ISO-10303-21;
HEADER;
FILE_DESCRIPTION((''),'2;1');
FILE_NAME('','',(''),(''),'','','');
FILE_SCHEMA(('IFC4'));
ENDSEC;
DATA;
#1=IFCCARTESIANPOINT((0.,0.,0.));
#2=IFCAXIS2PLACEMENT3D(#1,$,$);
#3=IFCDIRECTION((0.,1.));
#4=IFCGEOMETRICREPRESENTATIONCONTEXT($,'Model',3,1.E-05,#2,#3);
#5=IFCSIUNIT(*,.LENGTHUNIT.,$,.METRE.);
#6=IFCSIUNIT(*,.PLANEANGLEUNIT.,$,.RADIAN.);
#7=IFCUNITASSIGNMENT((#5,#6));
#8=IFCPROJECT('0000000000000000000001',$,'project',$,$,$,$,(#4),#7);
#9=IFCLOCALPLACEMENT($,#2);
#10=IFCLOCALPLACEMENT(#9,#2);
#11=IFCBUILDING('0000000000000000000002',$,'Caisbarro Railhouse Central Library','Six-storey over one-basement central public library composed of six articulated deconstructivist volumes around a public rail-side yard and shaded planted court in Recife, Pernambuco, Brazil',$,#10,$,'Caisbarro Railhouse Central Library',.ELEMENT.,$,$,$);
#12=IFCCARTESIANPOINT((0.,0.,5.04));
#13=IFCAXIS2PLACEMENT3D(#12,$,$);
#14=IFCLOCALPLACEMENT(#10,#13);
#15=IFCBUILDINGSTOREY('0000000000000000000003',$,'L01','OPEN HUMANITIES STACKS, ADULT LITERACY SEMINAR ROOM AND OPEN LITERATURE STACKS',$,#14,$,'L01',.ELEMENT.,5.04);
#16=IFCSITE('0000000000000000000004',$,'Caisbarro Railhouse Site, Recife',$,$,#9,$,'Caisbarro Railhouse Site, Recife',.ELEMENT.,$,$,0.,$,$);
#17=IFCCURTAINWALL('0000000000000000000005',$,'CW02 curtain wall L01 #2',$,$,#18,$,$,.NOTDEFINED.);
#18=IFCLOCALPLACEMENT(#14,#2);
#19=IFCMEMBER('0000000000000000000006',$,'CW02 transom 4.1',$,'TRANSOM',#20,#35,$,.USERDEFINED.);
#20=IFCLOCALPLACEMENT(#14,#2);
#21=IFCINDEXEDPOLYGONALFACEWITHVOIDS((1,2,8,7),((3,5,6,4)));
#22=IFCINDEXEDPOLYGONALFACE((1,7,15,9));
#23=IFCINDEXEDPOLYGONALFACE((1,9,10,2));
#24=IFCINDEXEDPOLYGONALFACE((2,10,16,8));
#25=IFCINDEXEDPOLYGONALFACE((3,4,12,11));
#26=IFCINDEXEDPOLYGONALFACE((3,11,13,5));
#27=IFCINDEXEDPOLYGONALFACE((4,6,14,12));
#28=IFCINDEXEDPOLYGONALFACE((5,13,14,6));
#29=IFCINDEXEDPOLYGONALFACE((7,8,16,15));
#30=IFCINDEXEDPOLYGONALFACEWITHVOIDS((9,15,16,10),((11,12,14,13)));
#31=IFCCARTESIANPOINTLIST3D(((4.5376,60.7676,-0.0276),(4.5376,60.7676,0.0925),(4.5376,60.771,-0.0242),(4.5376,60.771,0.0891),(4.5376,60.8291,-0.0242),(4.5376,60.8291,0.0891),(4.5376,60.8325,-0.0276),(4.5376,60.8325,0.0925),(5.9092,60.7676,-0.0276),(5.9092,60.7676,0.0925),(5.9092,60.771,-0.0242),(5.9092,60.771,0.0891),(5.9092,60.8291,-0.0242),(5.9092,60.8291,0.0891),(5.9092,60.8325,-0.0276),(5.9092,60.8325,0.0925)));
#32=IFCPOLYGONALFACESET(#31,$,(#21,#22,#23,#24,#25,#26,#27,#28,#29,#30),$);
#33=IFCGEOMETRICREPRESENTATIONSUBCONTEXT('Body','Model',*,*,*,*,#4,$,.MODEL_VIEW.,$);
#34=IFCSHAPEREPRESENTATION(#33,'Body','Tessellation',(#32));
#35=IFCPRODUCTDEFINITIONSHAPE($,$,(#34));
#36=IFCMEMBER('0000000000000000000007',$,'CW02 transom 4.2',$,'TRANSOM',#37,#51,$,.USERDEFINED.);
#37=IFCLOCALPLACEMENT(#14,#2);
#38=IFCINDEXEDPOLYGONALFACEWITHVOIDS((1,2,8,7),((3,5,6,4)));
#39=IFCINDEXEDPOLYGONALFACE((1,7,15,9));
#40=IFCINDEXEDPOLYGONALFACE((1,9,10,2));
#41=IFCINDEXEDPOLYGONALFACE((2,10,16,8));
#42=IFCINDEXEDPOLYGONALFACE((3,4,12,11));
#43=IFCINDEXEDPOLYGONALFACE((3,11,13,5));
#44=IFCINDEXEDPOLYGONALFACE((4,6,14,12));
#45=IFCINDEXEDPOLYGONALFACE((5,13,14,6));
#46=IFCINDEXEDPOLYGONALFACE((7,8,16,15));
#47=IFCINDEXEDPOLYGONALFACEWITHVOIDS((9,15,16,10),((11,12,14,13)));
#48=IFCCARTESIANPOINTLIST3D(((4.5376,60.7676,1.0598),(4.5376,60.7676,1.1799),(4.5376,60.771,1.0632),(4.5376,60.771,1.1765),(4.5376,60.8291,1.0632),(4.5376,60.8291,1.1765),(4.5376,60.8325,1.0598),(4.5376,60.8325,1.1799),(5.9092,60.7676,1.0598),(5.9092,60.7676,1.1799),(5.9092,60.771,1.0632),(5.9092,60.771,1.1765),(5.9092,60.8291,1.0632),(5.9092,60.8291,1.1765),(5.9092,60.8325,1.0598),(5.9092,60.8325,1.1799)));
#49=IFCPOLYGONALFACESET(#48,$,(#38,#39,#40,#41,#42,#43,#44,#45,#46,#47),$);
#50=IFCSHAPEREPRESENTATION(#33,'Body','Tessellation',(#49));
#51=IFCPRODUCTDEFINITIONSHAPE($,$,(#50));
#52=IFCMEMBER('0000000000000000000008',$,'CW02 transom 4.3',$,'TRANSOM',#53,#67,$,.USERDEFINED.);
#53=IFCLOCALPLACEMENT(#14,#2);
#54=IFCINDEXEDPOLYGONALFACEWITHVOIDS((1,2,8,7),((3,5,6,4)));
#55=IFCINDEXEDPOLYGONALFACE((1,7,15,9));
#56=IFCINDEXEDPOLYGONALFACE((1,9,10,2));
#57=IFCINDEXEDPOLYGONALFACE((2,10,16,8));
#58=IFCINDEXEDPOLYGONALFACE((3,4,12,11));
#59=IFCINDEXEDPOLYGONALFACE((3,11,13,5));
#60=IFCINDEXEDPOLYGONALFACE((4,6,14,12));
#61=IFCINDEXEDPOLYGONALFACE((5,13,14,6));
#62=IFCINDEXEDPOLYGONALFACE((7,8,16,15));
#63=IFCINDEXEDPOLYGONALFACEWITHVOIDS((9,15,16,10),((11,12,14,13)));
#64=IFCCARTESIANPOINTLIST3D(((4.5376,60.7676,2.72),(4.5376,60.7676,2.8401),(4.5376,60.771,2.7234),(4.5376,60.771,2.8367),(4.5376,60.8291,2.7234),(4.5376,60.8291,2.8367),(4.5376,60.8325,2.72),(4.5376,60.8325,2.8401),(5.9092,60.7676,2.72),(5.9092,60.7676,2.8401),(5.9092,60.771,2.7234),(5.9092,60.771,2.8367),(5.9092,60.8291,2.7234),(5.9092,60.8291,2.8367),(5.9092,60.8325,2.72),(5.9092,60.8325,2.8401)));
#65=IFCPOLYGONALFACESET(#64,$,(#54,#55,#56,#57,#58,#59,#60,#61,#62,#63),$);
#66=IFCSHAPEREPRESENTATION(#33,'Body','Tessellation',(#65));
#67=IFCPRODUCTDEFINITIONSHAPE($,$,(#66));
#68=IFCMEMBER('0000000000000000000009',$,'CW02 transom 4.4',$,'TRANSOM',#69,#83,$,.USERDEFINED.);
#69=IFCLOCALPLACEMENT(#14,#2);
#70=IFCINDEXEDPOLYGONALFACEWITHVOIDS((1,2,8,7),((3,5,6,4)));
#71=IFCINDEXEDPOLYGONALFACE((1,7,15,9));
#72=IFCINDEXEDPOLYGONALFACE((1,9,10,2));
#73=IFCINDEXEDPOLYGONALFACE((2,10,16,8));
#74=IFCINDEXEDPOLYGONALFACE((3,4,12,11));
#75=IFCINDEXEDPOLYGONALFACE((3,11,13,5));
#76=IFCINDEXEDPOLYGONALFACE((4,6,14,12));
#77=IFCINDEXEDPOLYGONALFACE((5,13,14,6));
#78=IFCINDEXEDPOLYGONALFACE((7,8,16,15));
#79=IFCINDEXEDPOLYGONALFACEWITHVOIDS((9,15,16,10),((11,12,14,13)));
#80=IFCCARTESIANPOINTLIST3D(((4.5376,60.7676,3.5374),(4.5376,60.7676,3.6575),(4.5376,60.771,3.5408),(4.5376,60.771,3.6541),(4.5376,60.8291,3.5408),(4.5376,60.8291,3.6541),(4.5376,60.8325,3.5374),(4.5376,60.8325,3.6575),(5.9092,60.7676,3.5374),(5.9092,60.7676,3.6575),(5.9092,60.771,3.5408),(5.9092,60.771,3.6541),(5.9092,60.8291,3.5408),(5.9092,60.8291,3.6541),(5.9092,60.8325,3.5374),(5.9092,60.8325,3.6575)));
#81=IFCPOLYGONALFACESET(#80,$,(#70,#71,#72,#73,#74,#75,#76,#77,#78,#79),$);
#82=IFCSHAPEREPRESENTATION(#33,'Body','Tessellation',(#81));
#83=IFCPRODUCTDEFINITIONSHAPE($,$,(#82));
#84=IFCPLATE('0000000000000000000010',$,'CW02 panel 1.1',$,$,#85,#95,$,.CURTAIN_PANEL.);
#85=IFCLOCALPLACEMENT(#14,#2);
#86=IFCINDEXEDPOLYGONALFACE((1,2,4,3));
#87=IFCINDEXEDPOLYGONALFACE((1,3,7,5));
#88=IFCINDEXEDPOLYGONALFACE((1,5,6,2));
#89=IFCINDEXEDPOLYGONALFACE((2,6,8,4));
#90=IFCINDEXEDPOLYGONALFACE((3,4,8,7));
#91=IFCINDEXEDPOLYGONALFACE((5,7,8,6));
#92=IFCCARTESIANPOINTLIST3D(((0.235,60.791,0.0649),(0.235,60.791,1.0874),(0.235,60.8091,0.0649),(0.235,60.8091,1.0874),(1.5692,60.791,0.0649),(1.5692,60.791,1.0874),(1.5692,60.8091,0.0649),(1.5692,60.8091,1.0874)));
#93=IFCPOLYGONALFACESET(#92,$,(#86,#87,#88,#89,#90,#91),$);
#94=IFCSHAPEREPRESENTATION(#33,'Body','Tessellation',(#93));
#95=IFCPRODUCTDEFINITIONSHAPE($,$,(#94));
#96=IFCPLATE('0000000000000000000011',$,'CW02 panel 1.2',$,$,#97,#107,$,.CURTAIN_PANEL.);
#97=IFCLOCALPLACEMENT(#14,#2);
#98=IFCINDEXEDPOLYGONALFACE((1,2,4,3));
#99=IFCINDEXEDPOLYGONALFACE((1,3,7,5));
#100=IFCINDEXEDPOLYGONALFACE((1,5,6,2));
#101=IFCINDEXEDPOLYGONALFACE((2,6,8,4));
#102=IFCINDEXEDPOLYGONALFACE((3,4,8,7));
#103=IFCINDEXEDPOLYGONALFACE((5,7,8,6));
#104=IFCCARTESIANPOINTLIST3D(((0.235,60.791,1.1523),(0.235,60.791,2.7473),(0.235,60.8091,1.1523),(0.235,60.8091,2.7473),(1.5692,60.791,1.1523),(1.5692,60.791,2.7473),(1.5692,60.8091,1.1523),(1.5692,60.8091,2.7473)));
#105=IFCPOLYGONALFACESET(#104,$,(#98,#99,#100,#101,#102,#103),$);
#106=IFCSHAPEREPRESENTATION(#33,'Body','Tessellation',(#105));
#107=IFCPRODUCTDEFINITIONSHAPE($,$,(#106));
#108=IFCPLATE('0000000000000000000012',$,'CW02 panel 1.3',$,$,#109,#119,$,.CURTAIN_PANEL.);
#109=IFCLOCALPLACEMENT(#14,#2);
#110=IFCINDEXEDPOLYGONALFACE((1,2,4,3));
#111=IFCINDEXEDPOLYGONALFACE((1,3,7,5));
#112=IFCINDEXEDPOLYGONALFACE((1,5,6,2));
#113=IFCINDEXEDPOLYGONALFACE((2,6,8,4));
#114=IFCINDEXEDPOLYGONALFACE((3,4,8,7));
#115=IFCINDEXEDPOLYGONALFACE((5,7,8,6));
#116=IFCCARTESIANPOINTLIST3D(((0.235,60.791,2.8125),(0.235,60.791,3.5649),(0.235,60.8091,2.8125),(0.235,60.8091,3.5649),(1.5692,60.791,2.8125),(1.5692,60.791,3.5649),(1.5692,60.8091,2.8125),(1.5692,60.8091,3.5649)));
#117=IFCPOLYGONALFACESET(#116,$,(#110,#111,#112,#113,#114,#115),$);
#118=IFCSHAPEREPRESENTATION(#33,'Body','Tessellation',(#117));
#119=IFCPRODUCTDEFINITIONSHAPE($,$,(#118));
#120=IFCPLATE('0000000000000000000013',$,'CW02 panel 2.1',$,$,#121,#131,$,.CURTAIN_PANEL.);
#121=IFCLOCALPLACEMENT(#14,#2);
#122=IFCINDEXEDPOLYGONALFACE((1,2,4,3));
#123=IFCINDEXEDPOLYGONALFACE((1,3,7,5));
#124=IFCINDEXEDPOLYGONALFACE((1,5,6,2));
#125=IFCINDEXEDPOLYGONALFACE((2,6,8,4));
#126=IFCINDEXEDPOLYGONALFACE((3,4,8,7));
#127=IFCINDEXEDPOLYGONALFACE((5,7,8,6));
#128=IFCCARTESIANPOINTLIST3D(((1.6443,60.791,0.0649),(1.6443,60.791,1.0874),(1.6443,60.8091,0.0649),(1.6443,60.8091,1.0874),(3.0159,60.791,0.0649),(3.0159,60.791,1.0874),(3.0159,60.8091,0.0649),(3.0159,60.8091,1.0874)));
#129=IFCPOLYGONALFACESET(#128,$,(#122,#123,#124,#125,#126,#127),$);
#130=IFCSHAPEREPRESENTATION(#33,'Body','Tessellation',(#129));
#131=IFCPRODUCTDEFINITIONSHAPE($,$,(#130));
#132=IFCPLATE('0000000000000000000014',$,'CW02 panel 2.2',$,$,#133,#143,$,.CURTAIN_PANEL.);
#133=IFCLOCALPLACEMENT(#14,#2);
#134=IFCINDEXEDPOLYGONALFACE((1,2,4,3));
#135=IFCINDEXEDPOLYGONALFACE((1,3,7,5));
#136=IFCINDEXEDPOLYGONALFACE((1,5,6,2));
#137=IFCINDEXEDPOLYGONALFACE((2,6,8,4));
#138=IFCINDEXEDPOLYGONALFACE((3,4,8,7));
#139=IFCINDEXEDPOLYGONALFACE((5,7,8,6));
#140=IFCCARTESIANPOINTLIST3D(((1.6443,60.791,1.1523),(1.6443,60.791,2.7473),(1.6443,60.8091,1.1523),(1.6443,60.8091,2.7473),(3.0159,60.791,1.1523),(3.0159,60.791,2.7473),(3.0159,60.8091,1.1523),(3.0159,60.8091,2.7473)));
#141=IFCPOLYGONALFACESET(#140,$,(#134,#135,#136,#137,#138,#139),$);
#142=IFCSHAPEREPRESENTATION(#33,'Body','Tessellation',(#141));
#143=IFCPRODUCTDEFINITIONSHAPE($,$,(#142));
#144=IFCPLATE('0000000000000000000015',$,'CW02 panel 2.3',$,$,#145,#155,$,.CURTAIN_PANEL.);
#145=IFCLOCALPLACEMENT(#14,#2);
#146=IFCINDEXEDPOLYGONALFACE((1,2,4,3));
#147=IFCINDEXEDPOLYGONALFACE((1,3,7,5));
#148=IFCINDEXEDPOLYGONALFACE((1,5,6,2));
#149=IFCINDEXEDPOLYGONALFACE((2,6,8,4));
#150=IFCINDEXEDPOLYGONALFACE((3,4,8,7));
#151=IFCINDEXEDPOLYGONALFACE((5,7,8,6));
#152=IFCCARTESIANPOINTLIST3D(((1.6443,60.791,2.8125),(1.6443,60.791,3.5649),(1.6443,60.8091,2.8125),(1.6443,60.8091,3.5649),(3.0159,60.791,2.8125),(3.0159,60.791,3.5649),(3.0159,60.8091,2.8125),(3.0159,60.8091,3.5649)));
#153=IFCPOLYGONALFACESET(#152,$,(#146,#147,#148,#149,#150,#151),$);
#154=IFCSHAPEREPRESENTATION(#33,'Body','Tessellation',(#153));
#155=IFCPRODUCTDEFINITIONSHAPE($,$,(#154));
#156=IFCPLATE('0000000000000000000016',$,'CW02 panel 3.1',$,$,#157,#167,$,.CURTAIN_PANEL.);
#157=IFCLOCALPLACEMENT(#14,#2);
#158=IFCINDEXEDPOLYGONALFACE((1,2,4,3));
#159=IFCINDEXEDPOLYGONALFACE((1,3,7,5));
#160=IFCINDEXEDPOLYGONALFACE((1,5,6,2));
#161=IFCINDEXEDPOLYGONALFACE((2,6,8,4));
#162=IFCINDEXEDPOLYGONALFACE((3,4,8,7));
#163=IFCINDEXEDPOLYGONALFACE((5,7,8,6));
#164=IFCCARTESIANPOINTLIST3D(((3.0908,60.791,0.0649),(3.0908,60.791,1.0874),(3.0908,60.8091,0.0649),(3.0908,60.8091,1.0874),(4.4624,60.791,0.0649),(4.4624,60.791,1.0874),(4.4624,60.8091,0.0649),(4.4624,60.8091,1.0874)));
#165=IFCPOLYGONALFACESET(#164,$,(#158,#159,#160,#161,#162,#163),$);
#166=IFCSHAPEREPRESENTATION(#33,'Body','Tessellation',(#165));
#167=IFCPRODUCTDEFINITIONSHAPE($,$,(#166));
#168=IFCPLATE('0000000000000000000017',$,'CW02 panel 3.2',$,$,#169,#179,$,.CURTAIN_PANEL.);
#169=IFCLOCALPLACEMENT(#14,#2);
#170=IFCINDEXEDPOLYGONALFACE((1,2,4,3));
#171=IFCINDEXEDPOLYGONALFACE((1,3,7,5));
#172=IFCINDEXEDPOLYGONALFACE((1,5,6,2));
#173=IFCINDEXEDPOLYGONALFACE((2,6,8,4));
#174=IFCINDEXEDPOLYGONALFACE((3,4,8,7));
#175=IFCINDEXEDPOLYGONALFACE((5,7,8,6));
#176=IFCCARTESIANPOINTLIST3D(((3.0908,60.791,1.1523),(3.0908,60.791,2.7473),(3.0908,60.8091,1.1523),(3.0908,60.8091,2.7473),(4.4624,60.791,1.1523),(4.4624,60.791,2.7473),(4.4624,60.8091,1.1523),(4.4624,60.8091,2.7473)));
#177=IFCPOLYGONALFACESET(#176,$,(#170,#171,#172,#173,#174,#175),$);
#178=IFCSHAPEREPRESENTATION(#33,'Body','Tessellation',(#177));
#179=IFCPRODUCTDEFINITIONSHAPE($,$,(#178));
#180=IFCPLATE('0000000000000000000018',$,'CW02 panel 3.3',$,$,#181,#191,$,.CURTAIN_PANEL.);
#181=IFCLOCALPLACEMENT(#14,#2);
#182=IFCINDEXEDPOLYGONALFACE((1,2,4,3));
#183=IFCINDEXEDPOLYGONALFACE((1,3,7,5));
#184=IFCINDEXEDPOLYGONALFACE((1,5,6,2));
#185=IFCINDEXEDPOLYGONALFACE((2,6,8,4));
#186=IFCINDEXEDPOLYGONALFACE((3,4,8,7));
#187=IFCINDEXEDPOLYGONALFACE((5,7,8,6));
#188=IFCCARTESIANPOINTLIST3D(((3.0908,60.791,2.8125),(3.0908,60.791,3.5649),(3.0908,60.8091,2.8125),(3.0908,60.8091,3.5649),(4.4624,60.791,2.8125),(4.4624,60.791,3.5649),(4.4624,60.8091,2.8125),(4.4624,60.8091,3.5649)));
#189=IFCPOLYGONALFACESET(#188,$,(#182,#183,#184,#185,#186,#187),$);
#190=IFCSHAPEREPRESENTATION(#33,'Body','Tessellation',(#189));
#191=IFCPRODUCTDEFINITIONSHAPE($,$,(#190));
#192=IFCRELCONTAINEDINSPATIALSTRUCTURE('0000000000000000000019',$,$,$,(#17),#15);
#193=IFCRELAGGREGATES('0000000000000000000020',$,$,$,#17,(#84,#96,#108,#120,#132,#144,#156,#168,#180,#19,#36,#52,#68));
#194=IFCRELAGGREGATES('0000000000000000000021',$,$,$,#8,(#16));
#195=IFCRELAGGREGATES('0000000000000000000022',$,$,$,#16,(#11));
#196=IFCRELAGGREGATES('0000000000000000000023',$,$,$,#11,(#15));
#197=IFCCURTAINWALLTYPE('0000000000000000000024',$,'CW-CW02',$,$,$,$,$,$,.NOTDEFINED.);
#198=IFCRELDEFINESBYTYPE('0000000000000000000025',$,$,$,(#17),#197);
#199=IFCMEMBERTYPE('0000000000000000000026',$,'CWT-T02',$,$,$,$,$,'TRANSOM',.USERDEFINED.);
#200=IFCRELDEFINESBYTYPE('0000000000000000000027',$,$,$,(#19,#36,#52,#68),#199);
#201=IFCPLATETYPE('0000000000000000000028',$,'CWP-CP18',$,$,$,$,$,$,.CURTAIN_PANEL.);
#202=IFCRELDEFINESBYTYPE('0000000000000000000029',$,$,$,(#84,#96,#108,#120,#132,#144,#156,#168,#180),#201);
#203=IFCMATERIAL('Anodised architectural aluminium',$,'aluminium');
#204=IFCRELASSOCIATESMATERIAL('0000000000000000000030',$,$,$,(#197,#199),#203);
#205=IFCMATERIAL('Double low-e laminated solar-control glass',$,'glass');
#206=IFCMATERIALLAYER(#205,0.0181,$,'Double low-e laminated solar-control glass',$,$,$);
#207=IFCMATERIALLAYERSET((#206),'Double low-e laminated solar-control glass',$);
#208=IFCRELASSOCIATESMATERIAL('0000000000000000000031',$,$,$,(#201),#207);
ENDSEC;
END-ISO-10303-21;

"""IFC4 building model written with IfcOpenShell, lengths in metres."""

from ifc_helpers import new_model, si_unit, direction, frame, origin, origin_2d, place, context, subcontext, project, spatial, rectangle, hollow_rectangle, extrude, material, layer, layer_set, material_profile, profile_set, type_object, element, aggregate, save


model = new_model("IFC4")

# Units and contexts
model_context = context("Model", 3, precision=1e-05, world=origin(), true_north=direction((0.0, 1.0)))
body_context = subcontext(model_context, "Body", "Model", "MODEL_VIEW")
ifc_project = project(units=[si_unit("LENGTHUNIT", "METRE"), si_unit("PLANEANGLEUNIT", "RADIAN")], contexts=[model_context])

# Site, building, storey
site_placement = place(None, origin())
site = spatial("IfcSite", under=ifc_project, at=site_placement, Name="Caisbarro Railhouse Site, Recife", LongName="Caisbarro Railhouse Site, Recife", CompositionType="ELEMENT", RefElevation=0.0)
building_placement = place(site_placement, origin())
building = spatial("IfcBuilding", under=site, at=building_placement, Name="Caisbarro Railhouse Central Library", Description="Six-storey over one-basement central public library composed of six articulated deconstructivist volumes around a public rail-side yard and shaded planted court in Recife, Pernambuco, Brazil", LongName="Caisbarro Railhouse Central Library", CompositionType="ELEMENT")
storey_placement = place(building_placement, frame((0.0, 0.0, 5.04)))
storey = spatial("IfcBuildingStorey", under=building, at=storey_placement, Name="L01", Description="OPEN HUMANITIES STACKS, ADULT LITERACY SEMINAR ROOM AND OPEN LITERATURE STACKS", LongName="L01", CompositionType="ELEMENT", Elevation=5.04)

# Curtain wall, members, plates
ifc_material_1 = material(Name="Anodised architectural aluminium", Category="aluminium")
curtain_wall_type = type_object("IfcCurtainWallType", Name="CW-CW02", PredefinedType="NOTDEFINED", material=ifc_material_1)
curtain_wall_placement = place(storey_placement, origin())
curtain_wall = element("IfcCurtainWall", 1, at=curtain_wall_placement, inside=storey, type_object=curtain_wall_type, Name="CW02 curtain wall L01 #2", PredefinedType="NOTDEFINED")
ifc_material_profile_1 = material_profile(ifc_material_1, hollow_rectangle(XDim=0.0649, YDim=0.1201, WallThickness=0.0034, at=origin_2d()), Name="ALU-TRN-65X120")
ifc_profile_set_1 = profile_set([ifc_material_profile_1], Name="Anodised architectural aluminium")
member_type_1 = type_object("IfcMemberType", Name="CWT-T02", ElementType="TRANSOM", PredefinedType="USERDEFINED", material=ifc_profile_set_1)
member_1_placement = place(storey_placement, frame((4.5376, 60.8, 0.0325), z_axis=(1.0, 0.0, 0.0), x_axis=(0.0, 1.0, 0.0)))
member_1 = element("IfcMember", 2, at=member_1_placement, type_object=member_type_1, Name="CW02 transom 4.1", ObjectType="TRANSOM", PredefinedType="USERDEFINED", context=body_context, shape_type="SweptSolid", body=[
    extrude(hollow_rectangle(XDim=0.0649, YDim=0.1201, WallThickness=0.0034, at=origin_2d()), origin(), (0.0, 0.0, 1.0), 1.3716),
])
member_2_placement = place(storey_placement, frame((4.5376, 60.8, 1.1199), z_axis=(1.0, 0.0, 0.0), x_axis=(0.0, 1.0, 0.0)))
member_2 = element("IfcMember", 3, at=member_2_placement, type_object=member_type_1, Name="CW02 transom 4.2", ObjectType="TRANSOM", PredefinedType="USERDEFINED", context=body_context, shape_type="SweptSolid", body=[
    extrude(hollow_rectangle(XDim=0.0649, YDim=0.1201, WallThickness=0.0034, at=origin_2d()), origin(), (0.0, 0.0, 1.0), 1.3716),
])
member_3_placement = place(storey_placement, frame((4.5376, 60.8, 2.78), z_axis=(1.0, 0.0, 0.0), x_axis=(0.0, 1.0, 0.0)))
member_3 = element("IfcMember", 4, at=member_3_placement, type_object=member_type_1, Name="CW02 transom 4.3", ObjectType="TRANSOM", PredefinedType="USERDEFINED", context=body_context, shape_type="SweptSolid", body=[
    extrude(hollow_rectangle(XDim=0.0649, YDim=0.1201, WallThickness=0.0034, at=origin_2d()), origin(), (0.0, 0.0, 1.0), 1.3716),
])
member_4_placement = place(storey_placement, frame((4.5376, 60.8, 3.5974), z_axis=(1.0, 0.0, 0.0), x_axis=(0.0, 1.0, 0.0)))
member_4 = element("IfcMember", 5, at=member_4_placement, type_object=member_type_1, Name="CW02 transom 4.4", ObjectType="TRANSOM", PredefinedType="USERDEFINED", context=body_context, shape_type="SweptSolid", body=[
    extrude(hollow_rectangle(XDim=0.0649, YDim=0.1201, WallThickness=0.0034, at=origin_2d()), origin(), (0.0, 0.0, 1.0), 1.3716),
])
ifc_material_2 = material(Name="Double low-e laminated solar-control glass", Category="glass")
ifc_layer = layer(ifc_material_2, 0.0181, Name="Double low-e laminated solar-control glass")
ifc_layer_set = layer_set([ifc_layer], Name="Double low-e laminated solar-control glass")
plate_type = type_object("IfcPlateType", Name="CWP-CP18", PredefinedType="CURTAIN_PANEL", material=ifc_layer_set)
plate_1_placement = place(storey_placement, frame((0.9021, 60.8, 0.0649), z_axis=(0.0, 0.0, 1.0), x_axis=(1.0, 0.0, 0.0)))
plate_1 = element("IfcPlate", 6, at=plate_1_placement, type_object=plate_type, Name="CW02 panel 1.1", PredefinedType="CURTAIN_PANEL", context=body_context, shape_type="SweptSolid", body=[
    extrude(rectangle(XDim=1.3342, YDim=0.0181, at=origin_2d()), origin(), (0.0, 0.0, 1.0), 1.0225),
])
plate_2_placement = place(storey_placement, frame((0.9021, 60.8, 1.1523), z_axis=(0.0, 0.0, 1.0), x_axis=(1.0, 0.0, 0.0)))
plate_2 = element("IfcPlate", 7, at=plate_2_placement, type_object=plate_type, Name="CW02 panel 1.2", PredefinedType="CURTAIN_PANEL", context=body_context, shape_type="SweptSolid", body=[
    extrude(rectangle(XDim=1.3342, YDim=0.0181, at=origin_2d()), origin(), (0.0, 0.0, 1.0), 1.595),
])
plate_3_placement = place(storey_placement, frame((0.9021, 60.8, 2.8125), z_axis=(0.0, 0.0, 1.0), x_axis=(1.0, 0.0, 0.0)))
plate_3 = element("IfcPlate", 8, at=plate_3_placement, type_object=plate_type, Name="CW02 panel 1.3", PredefinedType="CURTAIN_PANEL", context=body_context, shape_type="SweptSolid", body=[
    extrude(rectangle(XDim=1.3342, YDim=0.0181, at=origin_2d()), origin(), (0.0, 0.0, 1.0), 0.7524),
])
plate_4_placement = place(storey_placement, frame((2.3301, 60.8, 0.0649), z_axis=(0.0, 0.0, 1.0), x_axis=(1.0, 0.0, 0.0)))
plate_4 = element("IfcPlate", 9, at=plate_4_placement, type_object=plate_type, Name="CW02 panel 2.1", PredefinedType="CURTAIN_PANEL", context=body_context, shape_type="SweptSolid", body=[
    extrude(rectangle(XDim=1.3716, YDim=0.0181, at=origin_2d()), origin(), (0.0, 0.0, 1.0), 1.0225),
])
plate_5_placement = place(storey_placement, frame((2.3301, 60.8, 1.1523), z_axis=(0.0, 0.0, 1.0), x_axis=(1.0, 0.0, 0.0)))
plate_5 = element("IfcPlate", 10, at=plate_5_placement, type_object=plate_type, Name="CW02 panel 2.2", PredefinedType="CURTAIN_PANEL", context=body_context, shape_type="SweptSolid", body=[
    extrude(rectangle(XDim=1.3716, YDim=0.0181, at=origin_2d()), origin(), (0.0, 0.0, 1.0), 1.595),
])
plate_6_placement = place(storey_placement, frame((2.3301, 60.8, 2.8125), z_axis=(0.0, 0.0, 1.0), x_axis=(1.0, 0.0, 0.0)))
plate_6 = element("IfcPlate", 11, at=plate_6_placement, type_object=plate_type, Name="CW02 panel 2.3", PredefinedType="CURTAIN_PANEL", context=body_context, shape_type="SweptSolid", body=[
    extrude(rectangle(XDim=1.3716, YDim=0.0181, at=origin_2d()), origin(), (0.0, 0.0, 1.0), 0.7524),
])
plate_7_placement = place(storey_placement, frame((3.7766, 60.8, 0.0649), z_axis=(0.0, 0.0, 1.0), x_axis=(1.0, 0.0, 0.0)))
plate_7 = element("IfcPlate", 12, at=plate_7_placement, type_object=plate_type, Name="CW02 panel 3.1", PredefinedType="CURTAIN_PANEL", context=body_context, shape_type="SweptSolid", body=[
    extrude(rectangle(XDim=1.3716, YDim=0.0181, at=origin_2d()), origin(), (0.0, 0.0, 1.0), 1.0225),
])
plate_8_placement = place(storey_placement, frame((3.7766, 60.8, 1.1523), z_axis=(0.0, 0.0, 1.0), x_axis=(1.0, 0.0, 0.0)))
plate_8 = element("IfcPlate", 13, at=plate_8_placement, type_object=plate_type, Name="CW02 panel 3.2", PredefinedType="CURTAIN_PANEL", context=body_context, shape_type="SweptSolid", body=[
    extrude(rectangle(XDim=1.3716, YDim=0.0181, at=origin_2d()), origin(), (0.0, 0.0, 1.0), 1.595),
])
plate_9_placement = place(storey_placement, frame((3.7766, 60.8, 2.8125), z_axis=(0.0, 0.0, 1.0), x_axis=(1.0, 0.0, 0.0)))
plate_9 = element("IfcPlate", 14, at=plate_9_placement, type_object=plate_type, Name="CW02 panel 3.3", PredefinedType="CURTAIN_PANEL", context=body_context, shape_type="SweptSolid", body=[
    extrude(rectangle(XDim=1.3716, YDim=0.0181, at=origin_2d()), origin(), (0.0, 0.0, 1.0), 0.7524),
])
aggregate(curtain_wall, [plate_1, plate_2, plate_3, plate_4, plate_5, plate_6, plate_7, plate_8, plate_9, member_1, member_2, member_3, member_4])

save(model, "model.ifc")
